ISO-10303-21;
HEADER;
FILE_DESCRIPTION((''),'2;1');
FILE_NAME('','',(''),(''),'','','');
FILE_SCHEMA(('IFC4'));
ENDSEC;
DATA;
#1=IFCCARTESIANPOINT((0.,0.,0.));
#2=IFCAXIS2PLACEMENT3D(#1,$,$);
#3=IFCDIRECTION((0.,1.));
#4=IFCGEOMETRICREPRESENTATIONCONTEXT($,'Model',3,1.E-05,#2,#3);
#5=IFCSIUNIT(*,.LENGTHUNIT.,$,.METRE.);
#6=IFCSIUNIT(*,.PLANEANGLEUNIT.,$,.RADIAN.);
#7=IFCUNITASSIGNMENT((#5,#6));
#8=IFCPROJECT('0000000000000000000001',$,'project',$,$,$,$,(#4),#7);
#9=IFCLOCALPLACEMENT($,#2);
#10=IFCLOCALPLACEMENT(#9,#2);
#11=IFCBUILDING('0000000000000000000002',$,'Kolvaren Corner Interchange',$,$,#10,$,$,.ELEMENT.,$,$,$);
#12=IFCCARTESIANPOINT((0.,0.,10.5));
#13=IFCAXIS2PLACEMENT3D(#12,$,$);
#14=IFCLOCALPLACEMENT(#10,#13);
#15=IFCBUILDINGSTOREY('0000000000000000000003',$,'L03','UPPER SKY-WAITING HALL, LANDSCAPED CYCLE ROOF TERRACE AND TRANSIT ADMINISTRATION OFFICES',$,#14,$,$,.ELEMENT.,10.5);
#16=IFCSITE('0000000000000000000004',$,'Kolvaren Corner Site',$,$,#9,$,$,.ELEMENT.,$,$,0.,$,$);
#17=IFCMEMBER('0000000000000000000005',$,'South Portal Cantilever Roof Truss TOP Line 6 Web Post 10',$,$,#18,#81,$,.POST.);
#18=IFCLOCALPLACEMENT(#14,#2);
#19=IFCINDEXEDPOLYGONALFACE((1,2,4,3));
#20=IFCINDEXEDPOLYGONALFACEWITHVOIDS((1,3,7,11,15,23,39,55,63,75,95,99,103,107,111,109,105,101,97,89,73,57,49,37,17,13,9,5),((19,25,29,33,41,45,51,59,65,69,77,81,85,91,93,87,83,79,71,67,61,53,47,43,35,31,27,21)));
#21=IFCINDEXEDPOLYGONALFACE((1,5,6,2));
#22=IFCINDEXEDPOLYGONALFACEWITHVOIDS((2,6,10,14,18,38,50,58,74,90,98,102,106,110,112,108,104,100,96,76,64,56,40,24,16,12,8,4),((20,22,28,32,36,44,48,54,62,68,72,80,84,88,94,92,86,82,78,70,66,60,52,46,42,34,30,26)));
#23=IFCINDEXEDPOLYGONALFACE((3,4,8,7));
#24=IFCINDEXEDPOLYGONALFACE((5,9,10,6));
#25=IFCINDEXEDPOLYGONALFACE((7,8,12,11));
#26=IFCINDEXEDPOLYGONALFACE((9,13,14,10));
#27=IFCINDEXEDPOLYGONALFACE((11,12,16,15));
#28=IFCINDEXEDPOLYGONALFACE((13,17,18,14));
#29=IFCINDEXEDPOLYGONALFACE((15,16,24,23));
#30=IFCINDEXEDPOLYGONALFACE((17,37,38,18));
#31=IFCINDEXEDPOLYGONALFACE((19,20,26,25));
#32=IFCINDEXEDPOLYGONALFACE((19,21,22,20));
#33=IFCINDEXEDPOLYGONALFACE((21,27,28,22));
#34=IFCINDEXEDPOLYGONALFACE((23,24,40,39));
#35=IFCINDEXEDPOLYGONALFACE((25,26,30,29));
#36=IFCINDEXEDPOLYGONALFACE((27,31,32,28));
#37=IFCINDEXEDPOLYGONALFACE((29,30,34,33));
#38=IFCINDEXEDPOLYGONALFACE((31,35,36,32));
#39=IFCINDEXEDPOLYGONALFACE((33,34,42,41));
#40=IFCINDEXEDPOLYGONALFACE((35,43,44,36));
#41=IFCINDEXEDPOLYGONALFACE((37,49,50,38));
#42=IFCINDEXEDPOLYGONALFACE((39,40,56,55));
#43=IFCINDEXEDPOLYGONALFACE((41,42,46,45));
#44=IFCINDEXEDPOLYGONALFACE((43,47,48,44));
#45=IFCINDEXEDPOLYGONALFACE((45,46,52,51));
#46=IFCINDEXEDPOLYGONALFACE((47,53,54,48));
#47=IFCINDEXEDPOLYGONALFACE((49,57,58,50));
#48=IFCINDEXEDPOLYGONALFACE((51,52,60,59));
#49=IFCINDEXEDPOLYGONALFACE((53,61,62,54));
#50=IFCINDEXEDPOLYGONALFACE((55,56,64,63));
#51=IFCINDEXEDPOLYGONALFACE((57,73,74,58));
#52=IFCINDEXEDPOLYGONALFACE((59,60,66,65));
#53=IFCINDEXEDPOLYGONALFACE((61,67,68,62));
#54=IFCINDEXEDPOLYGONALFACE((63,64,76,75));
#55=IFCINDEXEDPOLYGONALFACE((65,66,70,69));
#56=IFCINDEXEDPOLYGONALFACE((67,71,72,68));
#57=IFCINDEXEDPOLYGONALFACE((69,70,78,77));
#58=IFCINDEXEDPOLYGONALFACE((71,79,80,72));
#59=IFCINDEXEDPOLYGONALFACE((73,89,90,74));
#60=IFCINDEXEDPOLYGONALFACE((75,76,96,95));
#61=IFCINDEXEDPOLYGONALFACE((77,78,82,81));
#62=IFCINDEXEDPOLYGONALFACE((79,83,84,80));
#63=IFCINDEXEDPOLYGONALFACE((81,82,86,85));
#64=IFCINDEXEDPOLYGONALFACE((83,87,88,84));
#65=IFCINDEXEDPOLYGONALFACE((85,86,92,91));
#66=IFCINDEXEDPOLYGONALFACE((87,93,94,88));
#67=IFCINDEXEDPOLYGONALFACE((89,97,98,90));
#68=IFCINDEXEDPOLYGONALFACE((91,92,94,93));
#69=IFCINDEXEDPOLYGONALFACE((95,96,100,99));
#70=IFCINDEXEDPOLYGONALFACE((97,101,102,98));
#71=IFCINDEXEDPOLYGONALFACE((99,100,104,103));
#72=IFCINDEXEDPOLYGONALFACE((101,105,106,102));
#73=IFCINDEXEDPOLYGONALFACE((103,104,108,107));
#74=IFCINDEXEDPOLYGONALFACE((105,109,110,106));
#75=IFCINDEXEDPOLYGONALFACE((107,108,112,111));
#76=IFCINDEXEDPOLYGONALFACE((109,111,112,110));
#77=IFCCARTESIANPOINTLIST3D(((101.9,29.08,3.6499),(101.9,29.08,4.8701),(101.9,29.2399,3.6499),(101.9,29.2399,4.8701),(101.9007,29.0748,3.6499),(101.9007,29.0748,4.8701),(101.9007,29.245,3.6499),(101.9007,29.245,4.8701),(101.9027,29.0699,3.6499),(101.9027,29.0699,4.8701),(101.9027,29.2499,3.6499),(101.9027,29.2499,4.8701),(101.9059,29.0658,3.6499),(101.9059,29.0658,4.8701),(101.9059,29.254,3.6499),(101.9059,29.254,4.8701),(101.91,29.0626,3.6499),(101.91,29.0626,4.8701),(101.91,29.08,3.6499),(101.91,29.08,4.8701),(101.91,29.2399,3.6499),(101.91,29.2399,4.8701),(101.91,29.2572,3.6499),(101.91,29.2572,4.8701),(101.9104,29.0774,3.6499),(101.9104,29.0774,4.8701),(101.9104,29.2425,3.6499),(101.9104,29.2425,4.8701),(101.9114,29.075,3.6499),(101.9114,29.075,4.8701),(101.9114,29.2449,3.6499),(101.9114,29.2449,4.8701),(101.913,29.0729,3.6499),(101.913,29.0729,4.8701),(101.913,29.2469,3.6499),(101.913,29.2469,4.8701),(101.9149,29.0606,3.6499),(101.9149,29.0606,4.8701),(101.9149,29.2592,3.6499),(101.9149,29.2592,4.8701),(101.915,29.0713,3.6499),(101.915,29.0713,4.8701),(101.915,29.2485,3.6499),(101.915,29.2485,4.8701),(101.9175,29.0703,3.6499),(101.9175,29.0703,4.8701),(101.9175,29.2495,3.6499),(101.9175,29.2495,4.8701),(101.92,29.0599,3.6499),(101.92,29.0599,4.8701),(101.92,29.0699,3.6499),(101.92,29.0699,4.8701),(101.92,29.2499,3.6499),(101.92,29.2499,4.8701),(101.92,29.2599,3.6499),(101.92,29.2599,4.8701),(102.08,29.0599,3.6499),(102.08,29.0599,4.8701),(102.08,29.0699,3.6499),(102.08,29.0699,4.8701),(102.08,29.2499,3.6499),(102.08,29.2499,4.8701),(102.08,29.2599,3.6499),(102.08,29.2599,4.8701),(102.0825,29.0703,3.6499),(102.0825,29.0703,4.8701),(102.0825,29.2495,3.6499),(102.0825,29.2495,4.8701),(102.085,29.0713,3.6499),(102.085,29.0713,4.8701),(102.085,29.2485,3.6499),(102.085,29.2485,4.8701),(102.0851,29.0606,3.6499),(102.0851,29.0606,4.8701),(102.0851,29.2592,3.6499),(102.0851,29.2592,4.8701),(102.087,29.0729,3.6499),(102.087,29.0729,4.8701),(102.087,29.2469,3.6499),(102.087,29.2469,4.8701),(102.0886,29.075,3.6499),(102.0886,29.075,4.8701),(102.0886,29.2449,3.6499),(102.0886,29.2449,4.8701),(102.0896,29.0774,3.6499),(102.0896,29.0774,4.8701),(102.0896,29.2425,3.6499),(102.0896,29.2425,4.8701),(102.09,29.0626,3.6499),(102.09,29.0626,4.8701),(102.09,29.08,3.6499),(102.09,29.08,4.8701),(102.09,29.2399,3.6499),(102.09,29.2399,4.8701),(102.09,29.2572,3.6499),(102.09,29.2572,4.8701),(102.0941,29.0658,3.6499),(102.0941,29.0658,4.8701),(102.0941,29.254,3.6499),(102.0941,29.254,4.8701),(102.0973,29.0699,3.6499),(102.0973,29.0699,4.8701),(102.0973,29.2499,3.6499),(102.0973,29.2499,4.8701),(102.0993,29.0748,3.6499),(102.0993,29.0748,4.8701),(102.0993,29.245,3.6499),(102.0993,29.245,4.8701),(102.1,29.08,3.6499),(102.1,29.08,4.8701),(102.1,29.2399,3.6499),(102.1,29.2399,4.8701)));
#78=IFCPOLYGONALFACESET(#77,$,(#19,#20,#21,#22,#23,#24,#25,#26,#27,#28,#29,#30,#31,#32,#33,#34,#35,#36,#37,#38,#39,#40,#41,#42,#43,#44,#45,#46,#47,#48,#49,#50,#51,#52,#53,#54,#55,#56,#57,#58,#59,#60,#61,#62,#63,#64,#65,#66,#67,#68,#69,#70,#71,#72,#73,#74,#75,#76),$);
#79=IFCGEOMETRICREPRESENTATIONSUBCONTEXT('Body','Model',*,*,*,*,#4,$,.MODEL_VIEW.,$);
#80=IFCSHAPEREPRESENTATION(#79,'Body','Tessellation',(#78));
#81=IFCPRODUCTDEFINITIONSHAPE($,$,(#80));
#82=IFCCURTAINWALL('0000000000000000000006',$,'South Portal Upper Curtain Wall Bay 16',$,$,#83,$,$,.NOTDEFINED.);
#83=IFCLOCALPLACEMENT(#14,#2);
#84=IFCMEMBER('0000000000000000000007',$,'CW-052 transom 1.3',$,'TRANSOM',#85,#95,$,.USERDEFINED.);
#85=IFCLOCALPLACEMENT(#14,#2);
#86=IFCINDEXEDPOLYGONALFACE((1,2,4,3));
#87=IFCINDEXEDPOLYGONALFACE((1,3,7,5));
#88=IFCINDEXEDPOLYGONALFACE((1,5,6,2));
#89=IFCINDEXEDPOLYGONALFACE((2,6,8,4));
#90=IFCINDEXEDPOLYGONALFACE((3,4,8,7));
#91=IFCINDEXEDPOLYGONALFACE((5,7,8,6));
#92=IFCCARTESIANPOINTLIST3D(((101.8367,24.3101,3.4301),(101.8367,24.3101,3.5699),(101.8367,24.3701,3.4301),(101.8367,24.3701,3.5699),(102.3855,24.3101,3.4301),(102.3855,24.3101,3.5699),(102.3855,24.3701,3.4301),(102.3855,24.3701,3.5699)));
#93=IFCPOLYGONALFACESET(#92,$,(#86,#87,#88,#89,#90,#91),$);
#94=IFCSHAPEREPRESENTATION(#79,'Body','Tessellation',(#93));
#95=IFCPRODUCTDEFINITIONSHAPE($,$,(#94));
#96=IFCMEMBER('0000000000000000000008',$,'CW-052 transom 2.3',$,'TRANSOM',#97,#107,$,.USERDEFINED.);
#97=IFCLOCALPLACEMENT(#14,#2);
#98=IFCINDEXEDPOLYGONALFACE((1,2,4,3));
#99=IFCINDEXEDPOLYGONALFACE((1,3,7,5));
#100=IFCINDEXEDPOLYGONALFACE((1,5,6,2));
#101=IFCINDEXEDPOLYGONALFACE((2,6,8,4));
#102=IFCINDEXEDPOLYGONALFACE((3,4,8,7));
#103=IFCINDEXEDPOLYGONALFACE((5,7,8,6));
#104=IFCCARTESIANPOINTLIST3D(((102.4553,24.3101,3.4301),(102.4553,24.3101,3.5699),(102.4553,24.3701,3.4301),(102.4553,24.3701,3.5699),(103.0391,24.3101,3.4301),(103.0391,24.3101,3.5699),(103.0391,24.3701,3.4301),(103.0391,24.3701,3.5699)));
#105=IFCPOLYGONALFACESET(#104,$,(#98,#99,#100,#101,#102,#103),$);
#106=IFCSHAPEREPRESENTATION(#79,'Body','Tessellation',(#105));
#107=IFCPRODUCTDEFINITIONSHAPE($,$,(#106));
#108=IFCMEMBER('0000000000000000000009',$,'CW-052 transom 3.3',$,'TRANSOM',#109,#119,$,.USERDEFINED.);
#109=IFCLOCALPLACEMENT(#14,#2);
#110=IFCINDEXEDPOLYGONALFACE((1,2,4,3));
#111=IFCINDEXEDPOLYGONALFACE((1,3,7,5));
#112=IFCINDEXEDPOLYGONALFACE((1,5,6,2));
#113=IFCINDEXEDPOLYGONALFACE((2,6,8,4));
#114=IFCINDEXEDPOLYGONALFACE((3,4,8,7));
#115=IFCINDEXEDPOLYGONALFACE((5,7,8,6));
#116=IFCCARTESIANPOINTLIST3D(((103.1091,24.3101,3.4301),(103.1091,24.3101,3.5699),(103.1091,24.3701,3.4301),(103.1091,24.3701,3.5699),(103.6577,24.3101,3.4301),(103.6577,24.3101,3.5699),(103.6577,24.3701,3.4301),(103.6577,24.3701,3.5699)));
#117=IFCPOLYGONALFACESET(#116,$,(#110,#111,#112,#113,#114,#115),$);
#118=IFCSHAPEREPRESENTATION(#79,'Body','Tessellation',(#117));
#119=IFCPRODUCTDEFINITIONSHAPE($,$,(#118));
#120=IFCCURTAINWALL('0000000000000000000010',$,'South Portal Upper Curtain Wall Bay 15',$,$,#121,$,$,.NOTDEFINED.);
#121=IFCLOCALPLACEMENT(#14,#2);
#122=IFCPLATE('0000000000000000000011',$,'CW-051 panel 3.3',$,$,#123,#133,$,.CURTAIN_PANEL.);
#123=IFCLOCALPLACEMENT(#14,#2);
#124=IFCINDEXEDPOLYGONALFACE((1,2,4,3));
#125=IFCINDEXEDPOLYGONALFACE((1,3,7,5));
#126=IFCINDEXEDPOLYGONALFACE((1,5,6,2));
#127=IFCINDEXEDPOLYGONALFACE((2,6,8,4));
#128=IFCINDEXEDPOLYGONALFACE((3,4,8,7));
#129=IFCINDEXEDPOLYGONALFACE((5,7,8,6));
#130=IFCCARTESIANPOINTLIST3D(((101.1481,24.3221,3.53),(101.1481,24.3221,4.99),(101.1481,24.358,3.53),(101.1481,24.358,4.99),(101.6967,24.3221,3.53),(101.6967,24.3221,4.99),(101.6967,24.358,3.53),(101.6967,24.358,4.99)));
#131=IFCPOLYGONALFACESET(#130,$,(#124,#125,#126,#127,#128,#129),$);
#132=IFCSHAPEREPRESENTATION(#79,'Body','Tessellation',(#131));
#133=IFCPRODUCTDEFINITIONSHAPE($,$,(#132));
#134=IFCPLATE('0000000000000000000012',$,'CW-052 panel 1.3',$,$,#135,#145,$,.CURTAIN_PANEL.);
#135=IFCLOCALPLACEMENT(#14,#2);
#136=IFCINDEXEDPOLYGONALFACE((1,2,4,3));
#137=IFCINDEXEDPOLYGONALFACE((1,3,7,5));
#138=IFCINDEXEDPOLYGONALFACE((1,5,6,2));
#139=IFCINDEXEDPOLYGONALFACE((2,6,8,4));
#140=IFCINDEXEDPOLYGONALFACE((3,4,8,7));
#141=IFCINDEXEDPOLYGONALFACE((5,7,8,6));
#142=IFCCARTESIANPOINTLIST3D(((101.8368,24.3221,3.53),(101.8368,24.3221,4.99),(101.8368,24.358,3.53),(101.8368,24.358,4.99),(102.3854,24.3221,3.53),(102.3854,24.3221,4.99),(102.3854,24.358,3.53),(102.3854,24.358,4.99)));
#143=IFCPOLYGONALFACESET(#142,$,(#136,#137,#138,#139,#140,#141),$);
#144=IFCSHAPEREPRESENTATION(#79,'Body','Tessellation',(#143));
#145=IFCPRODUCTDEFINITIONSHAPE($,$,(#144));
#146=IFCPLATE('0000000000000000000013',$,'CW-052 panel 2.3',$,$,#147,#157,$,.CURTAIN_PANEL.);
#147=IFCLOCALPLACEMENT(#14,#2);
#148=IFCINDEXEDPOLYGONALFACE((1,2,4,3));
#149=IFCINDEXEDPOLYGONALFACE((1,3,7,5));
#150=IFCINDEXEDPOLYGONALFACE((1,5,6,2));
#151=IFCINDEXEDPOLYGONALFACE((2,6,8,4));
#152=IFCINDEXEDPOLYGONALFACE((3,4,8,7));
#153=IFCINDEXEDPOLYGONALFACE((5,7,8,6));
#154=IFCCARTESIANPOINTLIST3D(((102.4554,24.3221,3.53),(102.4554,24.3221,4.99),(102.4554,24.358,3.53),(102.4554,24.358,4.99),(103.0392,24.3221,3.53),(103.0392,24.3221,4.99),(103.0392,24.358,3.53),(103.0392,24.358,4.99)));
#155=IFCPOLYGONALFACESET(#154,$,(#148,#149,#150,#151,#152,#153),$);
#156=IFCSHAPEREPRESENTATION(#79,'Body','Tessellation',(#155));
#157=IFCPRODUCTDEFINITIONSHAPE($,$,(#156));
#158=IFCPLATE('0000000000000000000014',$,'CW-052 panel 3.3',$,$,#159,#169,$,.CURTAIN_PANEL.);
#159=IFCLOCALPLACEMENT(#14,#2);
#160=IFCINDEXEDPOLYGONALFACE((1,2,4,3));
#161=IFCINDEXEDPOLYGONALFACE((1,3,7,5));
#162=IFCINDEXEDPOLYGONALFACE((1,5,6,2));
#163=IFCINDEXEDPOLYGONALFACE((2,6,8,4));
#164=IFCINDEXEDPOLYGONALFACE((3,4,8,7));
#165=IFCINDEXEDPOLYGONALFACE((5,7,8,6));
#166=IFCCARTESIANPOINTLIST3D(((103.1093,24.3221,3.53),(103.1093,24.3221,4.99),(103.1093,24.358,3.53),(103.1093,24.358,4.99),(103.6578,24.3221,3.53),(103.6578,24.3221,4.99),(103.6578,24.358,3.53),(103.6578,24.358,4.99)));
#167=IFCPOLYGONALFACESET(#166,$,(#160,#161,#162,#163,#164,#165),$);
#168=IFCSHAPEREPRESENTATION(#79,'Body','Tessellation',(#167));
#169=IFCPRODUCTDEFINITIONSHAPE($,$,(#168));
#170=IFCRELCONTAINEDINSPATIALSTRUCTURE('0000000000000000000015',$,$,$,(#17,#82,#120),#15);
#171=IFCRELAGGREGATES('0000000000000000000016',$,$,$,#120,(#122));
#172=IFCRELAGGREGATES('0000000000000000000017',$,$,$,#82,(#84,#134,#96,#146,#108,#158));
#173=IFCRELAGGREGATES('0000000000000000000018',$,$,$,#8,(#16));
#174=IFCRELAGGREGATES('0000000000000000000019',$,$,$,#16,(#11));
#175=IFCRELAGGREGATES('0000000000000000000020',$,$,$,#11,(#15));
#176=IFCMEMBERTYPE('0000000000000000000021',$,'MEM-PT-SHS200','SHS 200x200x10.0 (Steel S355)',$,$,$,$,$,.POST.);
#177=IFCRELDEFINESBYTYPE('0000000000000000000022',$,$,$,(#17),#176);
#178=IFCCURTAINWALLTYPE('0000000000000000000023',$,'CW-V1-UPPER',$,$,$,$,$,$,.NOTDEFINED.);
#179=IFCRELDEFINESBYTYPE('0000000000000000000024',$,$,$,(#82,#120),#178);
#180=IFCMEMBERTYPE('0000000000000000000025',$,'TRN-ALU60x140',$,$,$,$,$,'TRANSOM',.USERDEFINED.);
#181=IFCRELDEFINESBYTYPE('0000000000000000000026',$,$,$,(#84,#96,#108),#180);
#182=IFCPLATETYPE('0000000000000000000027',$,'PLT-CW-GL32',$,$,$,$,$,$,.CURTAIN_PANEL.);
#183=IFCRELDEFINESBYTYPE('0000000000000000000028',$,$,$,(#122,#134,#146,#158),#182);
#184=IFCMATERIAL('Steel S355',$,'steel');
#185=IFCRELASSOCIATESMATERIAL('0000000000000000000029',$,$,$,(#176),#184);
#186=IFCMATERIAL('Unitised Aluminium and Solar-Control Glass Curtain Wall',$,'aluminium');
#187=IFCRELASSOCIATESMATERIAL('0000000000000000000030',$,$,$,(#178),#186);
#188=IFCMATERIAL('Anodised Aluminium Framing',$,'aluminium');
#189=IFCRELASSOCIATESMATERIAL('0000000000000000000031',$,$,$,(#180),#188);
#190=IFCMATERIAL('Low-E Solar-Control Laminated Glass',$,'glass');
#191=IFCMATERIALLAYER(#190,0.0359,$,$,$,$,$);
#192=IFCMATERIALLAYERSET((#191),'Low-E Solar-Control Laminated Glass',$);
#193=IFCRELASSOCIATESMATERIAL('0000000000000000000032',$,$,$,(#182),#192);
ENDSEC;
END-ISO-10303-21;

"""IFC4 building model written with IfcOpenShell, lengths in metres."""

from ifc_helpers import new_model, si_unit, direction, frame, origin, origin_2d, place, context, subcontext, project, spatial, rectangle, hollow_rectangle, extrude, material, layer, layer_set, material_profile, profile_set, type_object, element, aggregate, save


model = new_model("IFC4")

# Units and contexts
model_context = context("Model", 3, precision=1e-05, world=origin(), true_north=direction((0.0, 1.0)))
body_context = subcontext(model_context, "Body", "Model", "MODEL_VIEW")
ifc_project = project(units=[si_unit("LENGTHUNIT", "METRE"), si_unit("PLANEANGLEUNIT", "RADIAN")], contexts=[model_context])

# Site, building, storey
site_placement = place(None, origin())
site = spatial("IfcSite", under=ifc_project, at=site_placement, Name="Kolvaren Corner Site", CompositionType="ELEMENT", RefElevation=0.0)
building_placement = place(site_placement, origin())
building = spatial("IfcBuilding", under=site, at=building_placement, Name="Kolvaren Corner Interchange", CompositionType="ELEMENT")
storey_placement = place(building_placement, frame((0.0, 0.0, 10.5)))
storey = spatial("IfcBuildingStorey", under=building, at=storey_placement, Name="L03", Description="UPPER SKY-WAITING HALL, LANDSCAPED CYCLE ROOF TERRACE AND TRANSIT ADMINISTRATION OFFICES", CompositionType="ELEMENT", Elevation=10.5)

# Member
ifc_material_1 = material(Name="Steel S355", Category="steel")
ifc_material_profile_1 = material_profile(ifc_material_1, hollow_rectangle(XDim=0.2, YDim=0.2, WallThickness=0.01, InnerFilletRadius=0.01, OuterFilletRadius=0.02, at=origin_2d()), Name="SHS 200x200x10.0")
ifc_profile_set_1 = profile_set([ifc_material_profile_1], Name="Steel S355")
member_type_1 = type_object("IfcMemberType", Name="MEM-PT-SHS200", Description="SHS 200x200x10.0 (Steel S355)", PredefinedType="POST", material=ifc_profile_set_1)
for number, where, z_axis, x_axis, name in (
    (1, (102.0, 29.1599, 3.6499), (0.0, 0.0, 1.0), (1.0, 0.0, 0.0), "South Portal Cantilever Roof Truss TOP Line 6 Web Post 10"),
):
    element("IfcMember", number, at=place(storey_placement, frame(where, z_axis=z_axis, x_axis=x_axis)), inside=storey, type_object=member_type_1, Name=name, PredefinedType="POST", context=body_context, shape_type="SweptSolid", body=[
        extrude(hollow_rectangle(XDim=0.2, YDim=0.2, WallThickness=0.01, InnerFilletRadius=0.01, OuterFilletRadius=0.02, at=origin_2d()), origin(), (0.0, 0.0, 1.0), 1.2202),
    ])

# Curtain wall, members
ifc_material_2 = material(Name="Unitised Aluminium and Solar-Control Glass Curtain Wall", Category="aluminium")
curtain_wall_type = type_object("IfcCurtainWallType", Name="CW-V1-UPPER", PredefinedType="NOTDEFINED", material=ifc_material_2)
curtain_wall_1_placement = place(storey_placement, origin())
curtain_wall_1 = element("IfcCurtainWall", 2, at=curtain_wall_1_placement, inside=storey, type_object=curtain_wall_type, Name="South Portal Upper Curtain Wall Bay 16", PredefinedType="NOTDEFINED")
ifc_material_3 = material(Name="Anodised Aluminium Framing", Category="aluminium")
ifc_material_profile_2 = material_profile(ifc_material_3, rectangle(XDim=0.0601, YDim=0.1399, at=origin_2d()), Name="ALU 60x140")
ifc_profile_set_2 = profile_set([ifc_material_profile_2], Name="Anodised Aluminium Framing")
member_type_2 = type_object("IfcMemberType", Name="TRN-ALU60x140", ElementType="TRANSOM", PredefinedType="USERDEFINED", material=ifc_profile_set_2)
member_1_placement = place(storey_placement, frame((101.8367, 24.3401, 3.5), z_axis=(1.0, 0.0, 0.0), x_axis=(0.0, 1.0, 0.0)))
member_1 = element("IfcMember", 3, at=member_1_placement, type_object=member_type_2, Name="CW-052 transom 1.3", ObjectType="TRANSOM", PredefinedType="USERDEFINED", context=body_context, shape_type="SweptSolid", body=[
    extrude(rectangle(XDim=0.0601, YDim=0.1399, at=origin_2d()), origin(), (0.0, 0.0, 1.0), 0.5488),
])
member_2_placement = place(storey_placement, frame((102.4553, 24.3401, 3.5), z_axis=(1.0, 0.0, 0.0), x_axis=(0.0, 1.0, 0.0)))
member_2 = element("IfcMember", 4, at=member_2_placement, type_object=member_type_2, Name="CW-052 transom 2.3", ObjectType="TRANSOM", PredefinedType="USERDEFINED", context=body_context, shape_type="SweptSolid", body=[
    extrude(rectangle(XDim=0.0601, YDim=0.1399, at=origin_2d()), origin(), (0.0, 0.0, 1.0), 0.5837),
])
member_3_placement = place(storey_placement, frame((103.1091, 24.3401, 3.5), z_axis=(1.0, 0.0, 0.0), x_axis=(0.0, 1.0, 0.0)))
member_3 = element("IfcMember", 5, at=member_3_placement, type_object=member_type_2, Name="CW-052 transom 3.3", ObjectType="TRANSOM", PredefinedType="USERDEFINED", context=body_context, shape_type="SweptSolid", body=[
    extrude(rectangle(XDim=0.0601, YDim=0.1399, at=origin_2d()), origin(), (0.0, 0.0, 1.0), 0.5486),
])

# Curtain wall, plate
curtain_wall_2_placement = place(storey_placement, origin())
curtain_wall_2 = element("IfcCurtainWall", 6, at=curtain_wall_2_placement, inside=storey, type_object=curtain_wall_type, Name="South Portal Upper Curtain Wall Bay 15", PredefinedType="NOTDEFINED")
ifc_material_4 = material(Name="Low-E Solar-Control Laminated Glass", Category="glass")
ifc_layer = layer(ifc_material_4, 0.0359)
ifc_layer_set = layer_set([ifc_layer], Name="Low-E Solar-Control Laminated Glass")
plate_type = type_object("IfcPlateType", Name="PLT-CW-GL32", PredefinedType="CURTAIN_PANEL", material=ifc_layer_set)
plate_1_placement = place(storey_placement, frame((101.4224, 24.3401, 3.53), z_axis=(0.0, 0.0, 1.0), x_axis=(1.0, 0.0, 0.0)))
plate_1 = element("IfcPlate", 7, at=plate_1_placement, type_object=plate_type, Name="CW-051 panel 3.3", PredefinedType="CURTAIN_PANEL", context=body_context, shape_type="SweptSolid", body=[
    extrude(rectangle(XDim=0.5486, YDim=0.0359, at=origin_2d()), origin(), (0.0, 0.0, 1.0), 1.46),
])
aggregate(curtain_wall_2, [plate_1])

# Plates
plate_2_placement = place(storey_placement, frame((102.1111, 24.3401, 3.53), z_axis=(0.0, 0.0, 1.0), x_axis=(1.0, 0.0, 0.0)))
plate_2 = element("IfcPlate", 8, at=plate_2_placement, type_object=plate_type, Name="CW-052 panel 1.3", PredefinedType="CURTAIN_PANEL", context=body_context, shape_type="SweptSolid", body=[
    extrude(rectangle(XDim=0.5486, YDim=0.0359, at=origin_2d()), origin(), (0.0, 0.0, 1.0), 1.46),
])
plate_3_placement = place(storey_placement, frame((102.7473, 24.3401, 3.53), z_axis=(0.0, 0.0, 1.0), x_axis=(1.0, 0.0, 0.0)))
plate_3 = element("IfcPlate", 9, at=plate_3_placement, type_object=plate_type, Name="CW-052 panel 2.3", PredefinedType="CURTAIN_PANEL", context=body_context, shape_type="SweptSolid", body=[
    extrude(rectangle(XDim=0.5837, YDim=0.0359, at=origin_2d()), origin(), (0.0, 0.0, 1.0), 1.46),
])
plate_4_placement = place(storey_placement, frame((103.3835, 24.3401, 3.53), z_axis=(0.0, 0.0, 1.0), x_axis=(1.0, 0.0, 0.0)))
plate_4 = element("IfcPlate", 10, at=plate_4_placement, type_object=plate_type, Name="CW-052 panel 3.3", PredefinedType="CURTAIN_PANEL", context=body_context, shape_type="SweptSolid", body=[
    extrude(rectangle(XDim=0.5486, YDim=0.0359, at=origin_2d()), origin(), (0.0, 0.0, 1.0), 1.46),
])
aggregate(curtain_wall_1, [member_1, plate_2, member_2, plate_3, member_3, plate_4])

save(model, "model.ifc")
